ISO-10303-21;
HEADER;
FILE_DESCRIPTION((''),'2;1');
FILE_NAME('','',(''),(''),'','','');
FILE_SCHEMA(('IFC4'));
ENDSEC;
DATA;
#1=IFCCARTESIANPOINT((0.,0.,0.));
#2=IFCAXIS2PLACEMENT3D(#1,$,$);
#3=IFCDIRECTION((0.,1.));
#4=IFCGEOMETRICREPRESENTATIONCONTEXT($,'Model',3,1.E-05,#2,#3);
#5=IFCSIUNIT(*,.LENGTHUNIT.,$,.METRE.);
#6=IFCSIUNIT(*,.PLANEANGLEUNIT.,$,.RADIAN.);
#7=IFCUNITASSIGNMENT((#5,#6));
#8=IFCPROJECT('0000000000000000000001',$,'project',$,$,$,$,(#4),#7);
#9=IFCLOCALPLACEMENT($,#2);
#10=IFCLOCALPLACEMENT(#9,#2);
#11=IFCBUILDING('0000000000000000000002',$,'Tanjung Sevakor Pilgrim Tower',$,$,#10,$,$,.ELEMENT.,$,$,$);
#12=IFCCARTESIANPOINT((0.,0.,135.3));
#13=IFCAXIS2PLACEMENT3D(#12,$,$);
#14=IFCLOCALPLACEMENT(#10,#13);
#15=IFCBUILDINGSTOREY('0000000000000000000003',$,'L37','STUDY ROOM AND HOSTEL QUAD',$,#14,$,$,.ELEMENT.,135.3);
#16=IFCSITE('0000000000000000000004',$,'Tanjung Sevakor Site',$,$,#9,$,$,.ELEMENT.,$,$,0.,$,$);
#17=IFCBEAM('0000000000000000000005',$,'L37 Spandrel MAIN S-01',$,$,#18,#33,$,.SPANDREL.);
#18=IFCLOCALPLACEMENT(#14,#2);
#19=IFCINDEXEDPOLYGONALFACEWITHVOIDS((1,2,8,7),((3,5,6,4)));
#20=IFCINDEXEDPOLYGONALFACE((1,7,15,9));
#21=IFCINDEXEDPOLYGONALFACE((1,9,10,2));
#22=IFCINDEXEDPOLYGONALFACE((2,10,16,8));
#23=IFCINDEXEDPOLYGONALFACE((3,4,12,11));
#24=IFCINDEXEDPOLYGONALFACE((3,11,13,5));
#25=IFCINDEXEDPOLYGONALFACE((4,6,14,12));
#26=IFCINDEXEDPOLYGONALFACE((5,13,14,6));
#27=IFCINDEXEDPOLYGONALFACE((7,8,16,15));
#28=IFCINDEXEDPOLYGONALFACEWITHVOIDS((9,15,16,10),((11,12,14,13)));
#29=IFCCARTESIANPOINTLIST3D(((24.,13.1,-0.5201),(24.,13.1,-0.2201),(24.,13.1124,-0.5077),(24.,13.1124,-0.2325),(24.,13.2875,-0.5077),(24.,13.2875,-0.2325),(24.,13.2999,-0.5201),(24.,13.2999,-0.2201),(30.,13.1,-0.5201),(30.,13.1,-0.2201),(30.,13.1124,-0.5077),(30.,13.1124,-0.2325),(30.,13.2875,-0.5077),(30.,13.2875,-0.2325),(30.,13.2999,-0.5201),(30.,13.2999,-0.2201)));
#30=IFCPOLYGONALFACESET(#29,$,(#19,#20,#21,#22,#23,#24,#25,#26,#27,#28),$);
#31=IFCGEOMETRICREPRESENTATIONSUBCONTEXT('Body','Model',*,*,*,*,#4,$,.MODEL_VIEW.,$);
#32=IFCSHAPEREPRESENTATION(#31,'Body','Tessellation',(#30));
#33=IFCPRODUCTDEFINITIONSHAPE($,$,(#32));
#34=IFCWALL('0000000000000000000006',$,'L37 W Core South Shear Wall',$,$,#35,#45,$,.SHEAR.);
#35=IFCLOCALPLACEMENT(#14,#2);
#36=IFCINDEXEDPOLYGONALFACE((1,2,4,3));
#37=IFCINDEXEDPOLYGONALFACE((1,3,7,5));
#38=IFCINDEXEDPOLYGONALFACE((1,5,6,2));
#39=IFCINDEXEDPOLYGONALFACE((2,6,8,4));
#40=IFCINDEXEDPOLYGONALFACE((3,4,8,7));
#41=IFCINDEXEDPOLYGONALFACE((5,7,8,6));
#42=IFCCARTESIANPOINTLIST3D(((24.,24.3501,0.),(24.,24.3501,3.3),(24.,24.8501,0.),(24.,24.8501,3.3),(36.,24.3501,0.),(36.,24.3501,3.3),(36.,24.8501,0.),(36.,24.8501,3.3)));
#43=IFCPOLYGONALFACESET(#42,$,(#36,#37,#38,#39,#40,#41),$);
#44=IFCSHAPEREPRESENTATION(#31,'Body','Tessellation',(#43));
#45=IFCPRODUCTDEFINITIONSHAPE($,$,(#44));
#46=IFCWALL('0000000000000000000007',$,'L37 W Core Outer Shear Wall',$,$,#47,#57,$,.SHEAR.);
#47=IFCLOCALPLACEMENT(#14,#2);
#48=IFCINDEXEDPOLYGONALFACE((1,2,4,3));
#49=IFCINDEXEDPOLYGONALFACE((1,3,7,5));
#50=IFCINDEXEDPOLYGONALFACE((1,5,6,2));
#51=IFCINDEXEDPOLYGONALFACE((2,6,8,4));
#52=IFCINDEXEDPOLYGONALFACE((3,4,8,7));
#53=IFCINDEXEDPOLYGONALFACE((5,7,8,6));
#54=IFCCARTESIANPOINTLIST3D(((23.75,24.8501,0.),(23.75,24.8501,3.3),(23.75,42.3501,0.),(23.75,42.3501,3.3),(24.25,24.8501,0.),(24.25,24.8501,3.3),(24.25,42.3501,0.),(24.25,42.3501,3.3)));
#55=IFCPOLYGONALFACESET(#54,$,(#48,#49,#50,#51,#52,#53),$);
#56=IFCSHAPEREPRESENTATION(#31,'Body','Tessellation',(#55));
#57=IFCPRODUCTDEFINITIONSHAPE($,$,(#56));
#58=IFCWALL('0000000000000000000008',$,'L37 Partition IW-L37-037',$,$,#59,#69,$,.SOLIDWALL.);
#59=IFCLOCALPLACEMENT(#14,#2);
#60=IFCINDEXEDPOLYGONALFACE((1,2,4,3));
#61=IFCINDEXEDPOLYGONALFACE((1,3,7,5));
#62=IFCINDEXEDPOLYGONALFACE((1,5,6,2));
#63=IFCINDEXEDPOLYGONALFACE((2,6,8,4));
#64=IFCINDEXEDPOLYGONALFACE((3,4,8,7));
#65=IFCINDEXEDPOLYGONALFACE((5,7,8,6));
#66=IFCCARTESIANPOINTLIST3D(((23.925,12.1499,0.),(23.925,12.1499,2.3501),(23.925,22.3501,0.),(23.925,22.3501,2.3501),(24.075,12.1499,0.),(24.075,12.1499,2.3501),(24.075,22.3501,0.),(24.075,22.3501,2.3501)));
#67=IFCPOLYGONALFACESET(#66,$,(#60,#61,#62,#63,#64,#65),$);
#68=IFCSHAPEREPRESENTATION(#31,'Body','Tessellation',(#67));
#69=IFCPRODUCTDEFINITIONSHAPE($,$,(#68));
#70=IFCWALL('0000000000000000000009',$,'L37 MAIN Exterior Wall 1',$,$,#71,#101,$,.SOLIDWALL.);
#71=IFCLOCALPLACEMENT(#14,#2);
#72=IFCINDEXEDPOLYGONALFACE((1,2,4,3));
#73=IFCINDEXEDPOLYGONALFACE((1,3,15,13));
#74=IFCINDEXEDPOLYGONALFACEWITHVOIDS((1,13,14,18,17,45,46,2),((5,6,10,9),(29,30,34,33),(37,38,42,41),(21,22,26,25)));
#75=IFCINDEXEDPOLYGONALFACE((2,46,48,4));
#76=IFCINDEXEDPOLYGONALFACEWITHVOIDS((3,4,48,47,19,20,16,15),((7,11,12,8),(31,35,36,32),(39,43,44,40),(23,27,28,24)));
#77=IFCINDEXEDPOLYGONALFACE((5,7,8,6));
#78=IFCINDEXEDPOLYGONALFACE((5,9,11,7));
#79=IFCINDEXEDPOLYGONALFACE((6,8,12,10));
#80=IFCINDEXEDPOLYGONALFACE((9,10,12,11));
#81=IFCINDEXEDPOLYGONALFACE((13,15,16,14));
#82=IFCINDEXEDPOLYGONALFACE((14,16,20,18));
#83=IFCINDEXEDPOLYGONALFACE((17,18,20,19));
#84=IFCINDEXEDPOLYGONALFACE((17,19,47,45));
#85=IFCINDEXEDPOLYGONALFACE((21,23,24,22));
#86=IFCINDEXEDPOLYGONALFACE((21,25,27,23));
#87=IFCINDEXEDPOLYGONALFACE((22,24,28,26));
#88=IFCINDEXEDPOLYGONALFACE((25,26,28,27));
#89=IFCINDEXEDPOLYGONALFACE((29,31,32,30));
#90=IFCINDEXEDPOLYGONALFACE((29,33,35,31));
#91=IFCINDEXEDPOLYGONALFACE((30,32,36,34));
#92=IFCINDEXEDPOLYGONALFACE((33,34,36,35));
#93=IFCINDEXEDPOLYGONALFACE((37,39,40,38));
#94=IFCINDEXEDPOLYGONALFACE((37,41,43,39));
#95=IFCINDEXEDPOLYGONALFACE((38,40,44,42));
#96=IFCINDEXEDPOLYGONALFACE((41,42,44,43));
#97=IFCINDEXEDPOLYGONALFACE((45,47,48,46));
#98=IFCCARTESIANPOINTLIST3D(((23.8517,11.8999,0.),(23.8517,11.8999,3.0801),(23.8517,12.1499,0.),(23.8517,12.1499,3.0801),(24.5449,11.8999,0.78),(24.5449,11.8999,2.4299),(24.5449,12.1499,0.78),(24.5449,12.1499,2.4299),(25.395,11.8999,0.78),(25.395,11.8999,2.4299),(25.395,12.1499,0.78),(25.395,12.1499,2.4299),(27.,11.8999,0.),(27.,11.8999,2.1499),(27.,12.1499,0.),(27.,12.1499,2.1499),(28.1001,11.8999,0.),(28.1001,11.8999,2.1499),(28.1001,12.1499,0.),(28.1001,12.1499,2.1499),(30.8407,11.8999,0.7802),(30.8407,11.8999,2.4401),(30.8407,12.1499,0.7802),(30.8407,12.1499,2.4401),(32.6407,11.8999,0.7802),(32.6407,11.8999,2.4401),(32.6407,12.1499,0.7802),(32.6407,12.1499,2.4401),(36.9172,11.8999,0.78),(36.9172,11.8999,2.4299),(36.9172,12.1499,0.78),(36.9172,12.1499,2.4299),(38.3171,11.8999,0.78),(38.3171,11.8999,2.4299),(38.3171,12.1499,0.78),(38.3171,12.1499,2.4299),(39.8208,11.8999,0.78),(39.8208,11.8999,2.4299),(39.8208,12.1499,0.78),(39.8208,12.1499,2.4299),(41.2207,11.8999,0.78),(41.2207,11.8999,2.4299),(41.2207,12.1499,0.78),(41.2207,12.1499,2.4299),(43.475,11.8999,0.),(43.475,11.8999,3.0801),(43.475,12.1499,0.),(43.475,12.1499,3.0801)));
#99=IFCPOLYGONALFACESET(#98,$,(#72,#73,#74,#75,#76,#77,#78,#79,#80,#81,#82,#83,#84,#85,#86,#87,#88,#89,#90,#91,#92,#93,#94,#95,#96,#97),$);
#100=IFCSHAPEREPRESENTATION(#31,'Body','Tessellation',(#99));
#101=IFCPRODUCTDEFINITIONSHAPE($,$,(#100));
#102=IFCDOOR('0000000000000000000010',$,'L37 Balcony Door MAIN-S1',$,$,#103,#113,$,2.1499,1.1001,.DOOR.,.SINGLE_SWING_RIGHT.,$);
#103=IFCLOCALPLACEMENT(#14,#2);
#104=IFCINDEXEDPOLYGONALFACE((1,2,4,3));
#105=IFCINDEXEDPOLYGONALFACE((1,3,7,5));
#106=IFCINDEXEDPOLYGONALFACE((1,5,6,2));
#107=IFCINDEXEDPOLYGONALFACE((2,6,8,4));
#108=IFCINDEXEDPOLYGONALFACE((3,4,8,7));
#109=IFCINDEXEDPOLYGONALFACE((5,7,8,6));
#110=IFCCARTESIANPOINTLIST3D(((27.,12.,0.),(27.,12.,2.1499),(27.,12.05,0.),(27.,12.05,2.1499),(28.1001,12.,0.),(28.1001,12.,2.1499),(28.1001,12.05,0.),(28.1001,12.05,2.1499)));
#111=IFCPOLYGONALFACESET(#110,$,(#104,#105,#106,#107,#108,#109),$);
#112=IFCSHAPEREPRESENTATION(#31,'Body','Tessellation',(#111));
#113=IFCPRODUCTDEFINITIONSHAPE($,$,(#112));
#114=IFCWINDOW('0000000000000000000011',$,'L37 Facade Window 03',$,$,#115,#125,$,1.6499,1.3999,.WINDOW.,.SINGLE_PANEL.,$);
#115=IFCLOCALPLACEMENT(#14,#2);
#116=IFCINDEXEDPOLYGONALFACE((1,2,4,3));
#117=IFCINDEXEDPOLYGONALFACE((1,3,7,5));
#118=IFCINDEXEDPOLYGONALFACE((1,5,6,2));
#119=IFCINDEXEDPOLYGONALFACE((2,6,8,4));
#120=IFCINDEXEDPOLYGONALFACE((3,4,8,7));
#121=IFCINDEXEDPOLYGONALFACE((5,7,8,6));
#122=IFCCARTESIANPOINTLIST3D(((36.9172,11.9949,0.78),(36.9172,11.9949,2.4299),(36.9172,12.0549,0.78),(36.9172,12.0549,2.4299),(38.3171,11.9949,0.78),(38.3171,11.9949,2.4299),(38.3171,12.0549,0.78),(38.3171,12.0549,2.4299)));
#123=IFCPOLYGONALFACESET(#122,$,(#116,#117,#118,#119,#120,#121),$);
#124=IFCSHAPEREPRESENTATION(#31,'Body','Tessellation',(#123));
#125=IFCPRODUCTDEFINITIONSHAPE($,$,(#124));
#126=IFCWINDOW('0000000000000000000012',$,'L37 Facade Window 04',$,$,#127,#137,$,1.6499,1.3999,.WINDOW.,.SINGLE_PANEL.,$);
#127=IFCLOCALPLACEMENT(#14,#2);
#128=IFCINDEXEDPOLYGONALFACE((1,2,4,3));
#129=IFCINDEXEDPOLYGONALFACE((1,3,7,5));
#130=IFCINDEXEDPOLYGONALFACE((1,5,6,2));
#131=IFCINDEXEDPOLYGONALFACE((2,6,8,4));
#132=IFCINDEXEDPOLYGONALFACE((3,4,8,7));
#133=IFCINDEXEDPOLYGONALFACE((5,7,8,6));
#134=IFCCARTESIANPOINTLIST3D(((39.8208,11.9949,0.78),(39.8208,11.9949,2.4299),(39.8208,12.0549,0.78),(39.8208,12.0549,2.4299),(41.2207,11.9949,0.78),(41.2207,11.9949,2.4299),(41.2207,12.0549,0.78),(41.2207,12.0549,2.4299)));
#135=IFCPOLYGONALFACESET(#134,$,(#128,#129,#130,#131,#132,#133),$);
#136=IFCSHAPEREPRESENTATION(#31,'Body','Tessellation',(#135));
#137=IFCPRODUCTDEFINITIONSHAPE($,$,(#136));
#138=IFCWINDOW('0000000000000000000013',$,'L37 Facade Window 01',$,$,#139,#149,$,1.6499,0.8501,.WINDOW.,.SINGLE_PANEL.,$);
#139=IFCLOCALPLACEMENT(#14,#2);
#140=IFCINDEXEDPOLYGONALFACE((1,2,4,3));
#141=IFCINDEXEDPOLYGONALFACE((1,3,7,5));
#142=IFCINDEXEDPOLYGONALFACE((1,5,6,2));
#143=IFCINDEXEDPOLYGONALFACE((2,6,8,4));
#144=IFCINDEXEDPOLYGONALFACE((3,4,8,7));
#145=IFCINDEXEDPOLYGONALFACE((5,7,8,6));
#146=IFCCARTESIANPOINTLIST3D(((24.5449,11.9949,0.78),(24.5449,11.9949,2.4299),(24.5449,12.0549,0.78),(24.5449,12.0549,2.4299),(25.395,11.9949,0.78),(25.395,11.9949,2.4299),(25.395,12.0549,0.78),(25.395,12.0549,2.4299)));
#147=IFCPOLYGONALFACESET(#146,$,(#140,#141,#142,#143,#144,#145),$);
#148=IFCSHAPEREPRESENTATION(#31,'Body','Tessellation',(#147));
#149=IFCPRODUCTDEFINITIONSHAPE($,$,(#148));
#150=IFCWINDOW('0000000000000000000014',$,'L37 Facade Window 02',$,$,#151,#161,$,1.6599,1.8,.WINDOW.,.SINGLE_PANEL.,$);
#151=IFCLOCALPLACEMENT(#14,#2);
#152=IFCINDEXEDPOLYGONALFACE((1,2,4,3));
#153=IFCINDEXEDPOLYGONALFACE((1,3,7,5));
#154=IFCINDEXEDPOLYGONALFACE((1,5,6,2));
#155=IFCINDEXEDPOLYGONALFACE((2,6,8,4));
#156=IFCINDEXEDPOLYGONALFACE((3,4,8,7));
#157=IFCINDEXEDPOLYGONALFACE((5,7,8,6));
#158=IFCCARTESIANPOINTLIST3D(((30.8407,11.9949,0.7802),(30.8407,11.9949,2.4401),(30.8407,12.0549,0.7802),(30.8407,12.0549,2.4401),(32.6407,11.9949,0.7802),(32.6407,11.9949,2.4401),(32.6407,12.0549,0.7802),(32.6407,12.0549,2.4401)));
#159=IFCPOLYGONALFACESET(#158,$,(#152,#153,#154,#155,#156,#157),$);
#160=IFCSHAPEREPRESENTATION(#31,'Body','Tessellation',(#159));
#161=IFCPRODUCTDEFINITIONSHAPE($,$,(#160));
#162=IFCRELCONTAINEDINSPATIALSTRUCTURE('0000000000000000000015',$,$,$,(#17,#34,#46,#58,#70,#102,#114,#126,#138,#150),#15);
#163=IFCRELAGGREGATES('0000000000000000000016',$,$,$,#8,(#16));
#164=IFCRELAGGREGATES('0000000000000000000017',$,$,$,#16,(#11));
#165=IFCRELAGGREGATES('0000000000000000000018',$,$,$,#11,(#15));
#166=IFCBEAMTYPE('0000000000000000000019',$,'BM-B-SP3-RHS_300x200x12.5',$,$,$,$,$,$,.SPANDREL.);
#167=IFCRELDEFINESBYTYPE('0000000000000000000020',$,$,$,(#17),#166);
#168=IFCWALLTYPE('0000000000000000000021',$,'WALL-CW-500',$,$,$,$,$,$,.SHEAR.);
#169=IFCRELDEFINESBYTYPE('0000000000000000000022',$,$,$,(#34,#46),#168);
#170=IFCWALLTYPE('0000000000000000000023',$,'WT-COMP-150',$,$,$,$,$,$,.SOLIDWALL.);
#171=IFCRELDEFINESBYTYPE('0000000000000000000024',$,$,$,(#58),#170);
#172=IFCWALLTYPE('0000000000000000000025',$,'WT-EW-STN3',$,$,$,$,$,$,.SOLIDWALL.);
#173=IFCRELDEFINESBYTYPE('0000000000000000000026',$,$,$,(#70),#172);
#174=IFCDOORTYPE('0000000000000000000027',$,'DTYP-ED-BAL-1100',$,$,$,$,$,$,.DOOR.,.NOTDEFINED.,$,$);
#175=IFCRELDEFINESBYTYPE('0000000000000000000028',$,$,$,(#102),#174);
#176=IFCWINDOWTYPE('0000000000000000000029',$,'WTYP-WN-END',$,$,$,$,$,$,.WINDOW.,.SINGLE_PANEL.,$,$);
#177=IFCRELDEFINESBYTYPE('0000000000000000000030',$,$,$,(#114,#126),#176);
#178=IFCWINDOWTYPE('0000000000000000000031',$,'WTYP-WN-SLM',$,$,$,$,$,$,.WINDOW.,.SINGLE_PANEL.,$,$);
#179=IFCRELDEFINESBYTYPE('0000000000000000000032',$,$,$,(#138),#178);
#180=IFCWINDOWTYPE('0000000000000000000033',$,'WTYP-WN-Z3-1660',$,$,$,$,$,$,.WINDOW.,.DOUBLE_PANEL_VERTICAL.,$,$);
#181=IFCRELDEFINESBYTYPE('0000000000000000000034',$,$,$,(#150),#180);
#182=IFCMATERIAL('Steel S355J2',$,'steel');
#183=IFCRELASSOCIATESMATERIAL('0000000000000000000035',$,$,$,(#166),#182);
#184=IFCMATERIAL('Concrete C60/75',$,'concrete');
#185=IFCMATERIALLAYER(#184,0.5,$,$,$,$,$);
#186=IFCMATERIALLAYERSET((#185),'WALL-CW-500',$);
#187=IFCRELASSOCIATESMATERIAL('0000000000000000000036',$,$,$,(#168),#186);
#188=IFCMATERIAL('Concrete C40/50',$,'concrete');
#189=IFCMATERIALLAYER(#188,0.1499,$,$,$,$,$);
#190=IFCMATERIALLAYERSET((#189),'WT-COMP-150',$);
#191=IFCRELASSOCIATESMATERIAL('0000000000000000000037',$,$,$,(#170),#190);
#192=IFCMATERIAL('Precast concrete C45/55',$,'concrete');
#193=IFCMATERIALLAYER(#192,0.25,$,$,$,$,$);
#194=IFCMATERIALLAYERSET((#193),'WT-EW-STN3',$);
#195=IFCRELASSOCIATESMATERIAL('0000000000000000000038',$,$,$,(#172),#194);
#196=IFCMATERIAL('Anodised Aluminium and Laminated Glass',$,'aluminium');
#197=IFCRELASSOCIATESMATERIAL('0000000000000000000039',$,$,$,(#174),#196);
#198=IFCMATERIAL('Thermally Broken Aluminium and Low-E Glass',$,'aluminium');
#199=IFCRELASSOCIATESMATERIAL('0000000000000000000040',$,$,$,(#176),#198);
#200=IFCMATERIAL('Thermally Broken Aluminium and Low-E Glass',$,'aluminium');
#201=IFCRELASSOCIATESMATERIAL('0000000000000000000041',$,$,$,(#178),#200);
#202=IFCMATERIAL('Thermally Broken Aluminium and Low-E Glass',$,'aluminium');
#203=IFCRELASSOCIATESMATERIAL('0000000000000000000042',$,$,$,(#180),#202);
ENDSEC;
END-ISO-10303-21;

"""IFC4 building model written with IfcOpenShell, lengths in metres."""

from ifc_helpers import new_model, si_unit, direction, frame, frame_2d, origin, origin_2d, place, context, subcontext, project, spatial, rectangle, hollow_rectangle, extrude, material, layer, layer_set, material_profile, profile_set, type_object, element, fill, save


model = new_model("IFC4")

# Units and contexts
model_context = context("Model", 3, precision=1e-05, world=origin(), true_north=direction((0.0, 1.0)))
body_context = subcontext(model_context, "Body", "Model", "MODEL_VIEW")
ifc_project = project(units=[si_unit("LENGTHUNIT", "METRE"), si_unit("PLANEANGLEUNIT", "RADIAN")], contexts=[model_context])

# Site, building, storey
site_placement = place(None, origin())
site = spatial("IfcSite", under=ifc_project, at=site_placement, Name="Tanjung Sevakor Site", CompositionType="ELEMENT", RefElevation=0.0)
building_placement = place(site_placement, origin())
building = spatial("IfcBuilding", under=site, at=building_placement, Name="Tanjung Sevakor Pilgrim Tower", CompositionType="ELEMENT")
storey_placement = place(building_placement, frame((0.0, 0.0, 135.3)))
storey = spatial("IfcBuildingStorey", under=building, at=storey_placement, Name="L37", Description="STUDY ROOM AND HOSTEL QUAD", CompositionType="ELEMENT", Elevation=135.3)

# Beam
ifc_material_1 = material(Name="Steel S355J2", Category="steel")
ifc_material_profile_1 = material_profile(ifc_material_1, hollow_rectangle(XDim=0.2, YDim=0.3, WallThickness=0.0125, at=origin_2d()))
ifc_profile_set_1 = profile_set([ifc_material_profile_1], Name="Steel S355J2")
beam_type_1 = type_object("IfcBeamType", Name="BM-B-SP3-RHS_300x200x12.5", PredefinedType="SPANDREL", material=ifc_profile_set_1)
beam_1_placement = place(storey_placement, frame((24.0, 13.2, -0.3701), z_axis=(1.0, 0.0, 0.0), x_axis=(0.0, 1.0, 0.0)))
element("IfcBeam", 1, at=beam_1_placement, inside=storey, type_object=beam_type_1, Name="L37 Spandrel MAIN S-01", PredefinedType="SPANDREL", context=body_context, shape_type="SweptSolid", body=[
    extrude(hollow_rectangle(XDim=0.2, YDim=0.3, WallThickness=0.0125, at=origin_2d()), origin(), (0.0, 0.0, 1.0), 6.0),
])

# Walls
ifc_material_2 = material(Name="Concrete C60/75", Category="concrete")
ifc_layer_1 = layer(ifc_material_2, 0.5)
ifc_layer_set_1 = layer_set([ifc_layer_1], Name="WALL-CW-500")
wall_type_1 = type_object("IfcWallType", Name="WALL-CW-500", PredefinedType="SHEAR", material=ifc_layer_set_1)
wall_1_placement = place(storey_placement, frame((24.0, 24.6001, 0.0), z_axis=(0.0, 0.0, 1.0), x_axis=(1.0, 0.0, 0.0)))
element("IfcWall", 2, at=wall_1_placement, inside=storey, type_object=wall_type_1, Name="L37 W Core South Shear Wall", PredefinedType="SHEAR", context=body_context, shape_type="SweptSolid", body=[
    extrude(rectangle(XDim=12.0, YDim=0.5, at=frame_2d((6.0, 0.0))), origin(), (0.0, 0.0, 1.0), 3.3),
])
wall_2_placement = place(storey_placement, frame((24.0, 24.8501, 0.0), z_axis=(0.0, 0.0, 1.0), x_axis=(0.0, 1.0, 0.0)))
element("IfcWall", 3, at=wall_2_placement, inside=storey, type_object=wall_type_1, Name="L37 W Core Outer Shear Wall", PredefinedType="SHEAR", context=body_context, shape_type="SweptSolid", body=[
    extrude(rectangle(XDim=17.5, YDim=0.5, at=frame_2d((8.75, 0.0))), origin(), (0.0, 0.0, 1.0), 3.3),
])
ifc_material_3 = material(Name="Concrete C40/50", Category="concrete")
ifc_layer_2 = layer(ifc_material_3, 0.1499)
ifc_layer_set_2 = layer_set([ifc_layer_2], Name="WT-COMP-150")
wall_type_2 = type_object("IfcWallType", Name="WT-COMP-150", PredefinedType="SOLIDWALL", material=ifc_layer_set_2)
wall_3_placement = place(storey_placement, frame((24.0, 12.1499, 0.0), z_axis=(0.0, 0.0, 1.0), x_axis=(0.0, 1.0, 0.0)))
element("IfcWall", 4, at=wall_3_placement, inside=storey, type_object=wall_type_2, Name="L37 Partition IW-L37-037", PredefinedType="SOLIDWALL", context=body_context, shape_type="SweptSolid", body=[
    extrude(rectangle(XDim=10.2002, YDim=0.1499, at=frame_2d((5.1001, 0.0))), origin(), (0.0, 0.0, 1.0), 2.3501),
])

# Wall, openings, door, windows
ifc_material_4 = material(Name="Precast concrete C45/55", Category="concrete")
ifc_layer_3 = layer(ifc_material_4, 0.25)
ifc_layer_set_3 = layer_set([ifc_layer_3], Name="WT-EW-STN3")
wall_type_3 = type_object("IfcWallType", Name="WT-EW-STN3", PredefinedType="SOLIDWALL", material=ifc_layer_set_3)
wall_4_placement = place(storey_placement, frame((23.8518, 12.0249, 0.0), z_axis=(0.0, 0.0, 1.0), x_axis=(1.0, 0.0, 0.0)))
wall_4 = element("IfcWall", 5, at=wall_4_placement, inside=storey, type_object=wall_type_3, Name="L37 MAIN Exterior Wall 1", PredefinedType="SOLIDWALL", context=body_context, shape_type="SweptSolid", body=[
    extrude(rectangle(XDim=19.6233, YDim=0.25, at=frame_2d((9.8115, 0.0))), origin(), (0.0, 0.0, 1.0), 3.0801),
])
opening_1_placement = place(wall_4_placement, frame((3.1482, 0.0, 0.0)))
opening_1 = element("IfcOpeningElement", 6, at=opening_1_placement, cuts=wall_4, PredefinedType="OPENING", context=body_context, shape_type="SweptSolid", body=[
    extrude(rectangle(XDim=1.1001, YDim=2.1499, at=frame_2d((0.55, 1.075))), frame((0.0, 0.135, 0.0), z_axis=(0.0, -1.0, 0.0), x_axis=(1.0, 0.0, 0.0)), (0.0, 0.0, 1.0), 0.27),
])
opening_2_placement = place(wall_4_placement, frame((0.6931, 0.0, 0.78)))
opening_2 = element("IfcOpeningElement", 7, at=opening_2_placement, cuts=wall_4, PredefinedType="OPENING", context=body_context, shape_type="SweptSolid", body=[
    extrude(rectangle(XDim=0.8501, YDim=1.6499, at=frame_2d((0.425, 0.825))), frame((0.0, 0.135, 0.0), z_axis=(0.0, -1.0, 0.0), x_axis=(1.0, 0.0, 0.0)), (0.0, 0.0, 1.0), 0.27),
])
opening_3_placement = place(wall_4_placement, frame((6.989, 0.0, 0.78)))
opening_3 = element("IfcOpeningElement", 8, at=opening_3_placement, cuts=wall_4, PredefinedType="OPENING", context=body_context, shape_type="SweptSolid", body=[
    extrude(rectangle(XDim=1.8, YDim=1.6599, at=frame_2d((0.8999, 0.8301))), frame((0.0, 0.135, 0.0), z_axis=(0.0, -1.0, 0.0), x_axis=(1.0, 0.0, 0.0)), (0.0, 0.0, 1.0), 0.27),
])
opening_4_placement = place(wall_4_placement, frame((13.0654, 0.0, 0.78)))
opening_4 = element("IfcOpeningElement", 9, at=opening_4_placement, cuts=wall_4, PredefinedType="OPENING", context=body_context, shape_type="SweptSolid", body=[
    extrude(rectangle(XDim=1.3999, YDim=1.6499, at=frame_2d((0.7, 0.825))), frame((0.0, 0.135, 0.0), z_axis=(0.0, -1.0, 0.0), x_axis=(1.0, 0.0, 0.0)), (0.0, 0.0, 1.0), 0.27),
])
opening_5_placement = place(wall_4_placement, frame((15.969, 0.0, 0.78)))
opening_5 = element("IfcOpeningElement", 10, at=opening_5_placement, cuts=wall_4, PredefinedType="OPENING", context=body_context, shape_type="SweptSolid", body=[
    extrude(rectangle(XDim=1.3999, YDim=1.6499, at=frame_2d((0.7, 0.825))), frame((0.0, 0.135, 0.0), z_axis=(0.0, -1.0, 0.0), x_axis=(1.0, 0.0, 0.0)), (0.0, 0.0, 1.0), 0.27),
])
ifc_material_5 = material(Name="Anodised Aluminium and Laminated Glass", Category="aluminium")
door_type_1 = type_object("IfcDoorType", Name="DTYP-ED-BAL-1100", OperationType="NOTDEFINED", PredefinedType="DOOR", material=ifc_material_5)
door_1_placement = place(opening_1_placement, frame((1.1001, 0.0, 0.0), z_axis=(0.0, 0.0, 1.0), x_axis=(-1.0, 0.0, 0.0)))
door_1 = element("IfcDoor", 11, at=door_1_placement, inside=storey, type_object=door_type_1, Name="L37 Balcony Door MAIN-S1", OperationType="SINGLE_SWING_RIGHT", OverallHeight=2.1499, OverallWidth=1.1001, PredefinedType="DOOR", context=body_context, shape_type="SweptSolid", body=[
    extrude(rectangle(XDim=1.1001, YDim=2.1499, at=frame_2d((0.55, 1.075))), frame((0.0, 0.0249, 0.0), z_axis=(0.0, -1.0, 0.0), x_axis=(1.0, 0.0, 0.0)), (0.0, 0.0, 1.0), 0.05),
])
fill(opening_1, door_1)
ifc_material_6 = material(Name="Thermally Broken Aluminium and Low-E Glass", Category="aluminium")
window_type_1 = type_object("IfcWindowType", Name="WTYP-WN-END", PartitioningType="SINGLE_PANEL", PredefinedType="WINDOW", material=ifc_material_6)
window_1_placement = place(opening_4_placement, origin())
window_1 = element("IfcWindow", 12, at=window_1_placement, inside=storey, type_object=window_type_1, Name="L37 Facade Window 03", OverallHeight=1.6499, OverallWidth=1.3999, PartitioningType="SINGLE_PANEL", PredefinedType="WINDOW", context=body_context, shape_type="SweptSolid", body=[
    extrude(rectangle(XDim=1.3999, YDim=1.6499, at=frame_2d((0.7, 0.825))), frame((0.0, 0.03, 0.0), z_axis=(0.0, -1.0, 0.0), x_axis=(1.0, 0.0, 0.0)), (0.0, 0.0, 1.0), 0.0601),
])
fill(opening_4, window_1)
window_2_placement = place(opening_5_placement, origin())
window_2 = element("IfcWindow", 13, at=window_2_placement, inside=storey, type_object=window_type_1, Name="L37 Facade Window 04", OverallHeight=1.6499, OverallWidth=1.3999, PartitioningType="SINGLE_PANEL", PredefinedType="WINDOW", context=body_context, shape_type="SweptSolid", body=[
    extrude(rectangle(XDim=1.3999, YDim=1.6499, at=frame_2d((0.7, 0.825))), frame((0.0, 0.03, 0.0), z_axis=(0.0, -1.0, 0.0), x_axis=(1.0, 0.0, 0.0)), (0.0, 0.0, 1.0), 0.0601),
])
fill(opening_5, window_2)
ifc_material_7 = material(Name="Thermally Broken Aluminium and Low-E Glass", Category="aluminium")
window_type_2 = type_object("IfcWindowType", Name="WTYP-WN-SLM", PartitioningType="SINGLE_PANEL", PredefinedType="WINDOW", material=ifc_material_7)
window_3_placement = place(opening_2_placement, origin())
window_3 = element("IfcWindow", 14, at=window_3_placement, inside=storey, type_object=window_type_2, Name="L37 Facade Window 01", OverallHeight=1.6499, OverallWidth=0.8501, PartitioningType="SINGLE_PANEL", PredefinedType="WINDOW", context=body_context, shape_type="SweptSolid", body=[
    extrude(rectangle(XDim=0.8501, YDim=1.6499, at=frame_2d((0.425, 0.825))), frame((0.0, 0.03, 0.0), z_axis=(0.0, -1.0, 0.0), x_axis=(1.0, 0.0, 0.0)), (0.0, 0.0, 1.0), 0.0601),
])
fill(opening_2, window_3)
ifc_material_8 = material(Name="Thermally Broken Aluminium and Low-E Glass", Category="aluminium")
window_type_3 = type_object("IfcWindowType", Name="WTYP-WN-Z3-1660", PartitioningType="DOUBLE_PANEL_VERTICAL", PredefinedType="WINDOW", material=ifc_material_8)
window_4_placement = place(opening_3_placement, origin())
window_4 = element("IfcWindow", 15, at=window_4_placement, inside=storey, type_object=window_type_3, Name="L37 Facade Window 02", OverallHeight=1.6599, OverallWidth=1.8, PartitioningType="SINGLE_PANEL", PredefinedType="WINDOW", context=body_context, shape_type="SweptSolid", body=[
    extrude(rectangle(XDim=1.8, YDim=1.6599, at=frame_2d((0.8999, 0.8301))), frame((0.0, 0.03, 0.0), z_axis=(0.0, -1.0, 0.0), x_axis=(1.0, 0.0, 0.0)), (0.0, 0.0, 1.0), 0.0601),
])
fill(opening_3, window_4)

save(model, "model.ifc")
